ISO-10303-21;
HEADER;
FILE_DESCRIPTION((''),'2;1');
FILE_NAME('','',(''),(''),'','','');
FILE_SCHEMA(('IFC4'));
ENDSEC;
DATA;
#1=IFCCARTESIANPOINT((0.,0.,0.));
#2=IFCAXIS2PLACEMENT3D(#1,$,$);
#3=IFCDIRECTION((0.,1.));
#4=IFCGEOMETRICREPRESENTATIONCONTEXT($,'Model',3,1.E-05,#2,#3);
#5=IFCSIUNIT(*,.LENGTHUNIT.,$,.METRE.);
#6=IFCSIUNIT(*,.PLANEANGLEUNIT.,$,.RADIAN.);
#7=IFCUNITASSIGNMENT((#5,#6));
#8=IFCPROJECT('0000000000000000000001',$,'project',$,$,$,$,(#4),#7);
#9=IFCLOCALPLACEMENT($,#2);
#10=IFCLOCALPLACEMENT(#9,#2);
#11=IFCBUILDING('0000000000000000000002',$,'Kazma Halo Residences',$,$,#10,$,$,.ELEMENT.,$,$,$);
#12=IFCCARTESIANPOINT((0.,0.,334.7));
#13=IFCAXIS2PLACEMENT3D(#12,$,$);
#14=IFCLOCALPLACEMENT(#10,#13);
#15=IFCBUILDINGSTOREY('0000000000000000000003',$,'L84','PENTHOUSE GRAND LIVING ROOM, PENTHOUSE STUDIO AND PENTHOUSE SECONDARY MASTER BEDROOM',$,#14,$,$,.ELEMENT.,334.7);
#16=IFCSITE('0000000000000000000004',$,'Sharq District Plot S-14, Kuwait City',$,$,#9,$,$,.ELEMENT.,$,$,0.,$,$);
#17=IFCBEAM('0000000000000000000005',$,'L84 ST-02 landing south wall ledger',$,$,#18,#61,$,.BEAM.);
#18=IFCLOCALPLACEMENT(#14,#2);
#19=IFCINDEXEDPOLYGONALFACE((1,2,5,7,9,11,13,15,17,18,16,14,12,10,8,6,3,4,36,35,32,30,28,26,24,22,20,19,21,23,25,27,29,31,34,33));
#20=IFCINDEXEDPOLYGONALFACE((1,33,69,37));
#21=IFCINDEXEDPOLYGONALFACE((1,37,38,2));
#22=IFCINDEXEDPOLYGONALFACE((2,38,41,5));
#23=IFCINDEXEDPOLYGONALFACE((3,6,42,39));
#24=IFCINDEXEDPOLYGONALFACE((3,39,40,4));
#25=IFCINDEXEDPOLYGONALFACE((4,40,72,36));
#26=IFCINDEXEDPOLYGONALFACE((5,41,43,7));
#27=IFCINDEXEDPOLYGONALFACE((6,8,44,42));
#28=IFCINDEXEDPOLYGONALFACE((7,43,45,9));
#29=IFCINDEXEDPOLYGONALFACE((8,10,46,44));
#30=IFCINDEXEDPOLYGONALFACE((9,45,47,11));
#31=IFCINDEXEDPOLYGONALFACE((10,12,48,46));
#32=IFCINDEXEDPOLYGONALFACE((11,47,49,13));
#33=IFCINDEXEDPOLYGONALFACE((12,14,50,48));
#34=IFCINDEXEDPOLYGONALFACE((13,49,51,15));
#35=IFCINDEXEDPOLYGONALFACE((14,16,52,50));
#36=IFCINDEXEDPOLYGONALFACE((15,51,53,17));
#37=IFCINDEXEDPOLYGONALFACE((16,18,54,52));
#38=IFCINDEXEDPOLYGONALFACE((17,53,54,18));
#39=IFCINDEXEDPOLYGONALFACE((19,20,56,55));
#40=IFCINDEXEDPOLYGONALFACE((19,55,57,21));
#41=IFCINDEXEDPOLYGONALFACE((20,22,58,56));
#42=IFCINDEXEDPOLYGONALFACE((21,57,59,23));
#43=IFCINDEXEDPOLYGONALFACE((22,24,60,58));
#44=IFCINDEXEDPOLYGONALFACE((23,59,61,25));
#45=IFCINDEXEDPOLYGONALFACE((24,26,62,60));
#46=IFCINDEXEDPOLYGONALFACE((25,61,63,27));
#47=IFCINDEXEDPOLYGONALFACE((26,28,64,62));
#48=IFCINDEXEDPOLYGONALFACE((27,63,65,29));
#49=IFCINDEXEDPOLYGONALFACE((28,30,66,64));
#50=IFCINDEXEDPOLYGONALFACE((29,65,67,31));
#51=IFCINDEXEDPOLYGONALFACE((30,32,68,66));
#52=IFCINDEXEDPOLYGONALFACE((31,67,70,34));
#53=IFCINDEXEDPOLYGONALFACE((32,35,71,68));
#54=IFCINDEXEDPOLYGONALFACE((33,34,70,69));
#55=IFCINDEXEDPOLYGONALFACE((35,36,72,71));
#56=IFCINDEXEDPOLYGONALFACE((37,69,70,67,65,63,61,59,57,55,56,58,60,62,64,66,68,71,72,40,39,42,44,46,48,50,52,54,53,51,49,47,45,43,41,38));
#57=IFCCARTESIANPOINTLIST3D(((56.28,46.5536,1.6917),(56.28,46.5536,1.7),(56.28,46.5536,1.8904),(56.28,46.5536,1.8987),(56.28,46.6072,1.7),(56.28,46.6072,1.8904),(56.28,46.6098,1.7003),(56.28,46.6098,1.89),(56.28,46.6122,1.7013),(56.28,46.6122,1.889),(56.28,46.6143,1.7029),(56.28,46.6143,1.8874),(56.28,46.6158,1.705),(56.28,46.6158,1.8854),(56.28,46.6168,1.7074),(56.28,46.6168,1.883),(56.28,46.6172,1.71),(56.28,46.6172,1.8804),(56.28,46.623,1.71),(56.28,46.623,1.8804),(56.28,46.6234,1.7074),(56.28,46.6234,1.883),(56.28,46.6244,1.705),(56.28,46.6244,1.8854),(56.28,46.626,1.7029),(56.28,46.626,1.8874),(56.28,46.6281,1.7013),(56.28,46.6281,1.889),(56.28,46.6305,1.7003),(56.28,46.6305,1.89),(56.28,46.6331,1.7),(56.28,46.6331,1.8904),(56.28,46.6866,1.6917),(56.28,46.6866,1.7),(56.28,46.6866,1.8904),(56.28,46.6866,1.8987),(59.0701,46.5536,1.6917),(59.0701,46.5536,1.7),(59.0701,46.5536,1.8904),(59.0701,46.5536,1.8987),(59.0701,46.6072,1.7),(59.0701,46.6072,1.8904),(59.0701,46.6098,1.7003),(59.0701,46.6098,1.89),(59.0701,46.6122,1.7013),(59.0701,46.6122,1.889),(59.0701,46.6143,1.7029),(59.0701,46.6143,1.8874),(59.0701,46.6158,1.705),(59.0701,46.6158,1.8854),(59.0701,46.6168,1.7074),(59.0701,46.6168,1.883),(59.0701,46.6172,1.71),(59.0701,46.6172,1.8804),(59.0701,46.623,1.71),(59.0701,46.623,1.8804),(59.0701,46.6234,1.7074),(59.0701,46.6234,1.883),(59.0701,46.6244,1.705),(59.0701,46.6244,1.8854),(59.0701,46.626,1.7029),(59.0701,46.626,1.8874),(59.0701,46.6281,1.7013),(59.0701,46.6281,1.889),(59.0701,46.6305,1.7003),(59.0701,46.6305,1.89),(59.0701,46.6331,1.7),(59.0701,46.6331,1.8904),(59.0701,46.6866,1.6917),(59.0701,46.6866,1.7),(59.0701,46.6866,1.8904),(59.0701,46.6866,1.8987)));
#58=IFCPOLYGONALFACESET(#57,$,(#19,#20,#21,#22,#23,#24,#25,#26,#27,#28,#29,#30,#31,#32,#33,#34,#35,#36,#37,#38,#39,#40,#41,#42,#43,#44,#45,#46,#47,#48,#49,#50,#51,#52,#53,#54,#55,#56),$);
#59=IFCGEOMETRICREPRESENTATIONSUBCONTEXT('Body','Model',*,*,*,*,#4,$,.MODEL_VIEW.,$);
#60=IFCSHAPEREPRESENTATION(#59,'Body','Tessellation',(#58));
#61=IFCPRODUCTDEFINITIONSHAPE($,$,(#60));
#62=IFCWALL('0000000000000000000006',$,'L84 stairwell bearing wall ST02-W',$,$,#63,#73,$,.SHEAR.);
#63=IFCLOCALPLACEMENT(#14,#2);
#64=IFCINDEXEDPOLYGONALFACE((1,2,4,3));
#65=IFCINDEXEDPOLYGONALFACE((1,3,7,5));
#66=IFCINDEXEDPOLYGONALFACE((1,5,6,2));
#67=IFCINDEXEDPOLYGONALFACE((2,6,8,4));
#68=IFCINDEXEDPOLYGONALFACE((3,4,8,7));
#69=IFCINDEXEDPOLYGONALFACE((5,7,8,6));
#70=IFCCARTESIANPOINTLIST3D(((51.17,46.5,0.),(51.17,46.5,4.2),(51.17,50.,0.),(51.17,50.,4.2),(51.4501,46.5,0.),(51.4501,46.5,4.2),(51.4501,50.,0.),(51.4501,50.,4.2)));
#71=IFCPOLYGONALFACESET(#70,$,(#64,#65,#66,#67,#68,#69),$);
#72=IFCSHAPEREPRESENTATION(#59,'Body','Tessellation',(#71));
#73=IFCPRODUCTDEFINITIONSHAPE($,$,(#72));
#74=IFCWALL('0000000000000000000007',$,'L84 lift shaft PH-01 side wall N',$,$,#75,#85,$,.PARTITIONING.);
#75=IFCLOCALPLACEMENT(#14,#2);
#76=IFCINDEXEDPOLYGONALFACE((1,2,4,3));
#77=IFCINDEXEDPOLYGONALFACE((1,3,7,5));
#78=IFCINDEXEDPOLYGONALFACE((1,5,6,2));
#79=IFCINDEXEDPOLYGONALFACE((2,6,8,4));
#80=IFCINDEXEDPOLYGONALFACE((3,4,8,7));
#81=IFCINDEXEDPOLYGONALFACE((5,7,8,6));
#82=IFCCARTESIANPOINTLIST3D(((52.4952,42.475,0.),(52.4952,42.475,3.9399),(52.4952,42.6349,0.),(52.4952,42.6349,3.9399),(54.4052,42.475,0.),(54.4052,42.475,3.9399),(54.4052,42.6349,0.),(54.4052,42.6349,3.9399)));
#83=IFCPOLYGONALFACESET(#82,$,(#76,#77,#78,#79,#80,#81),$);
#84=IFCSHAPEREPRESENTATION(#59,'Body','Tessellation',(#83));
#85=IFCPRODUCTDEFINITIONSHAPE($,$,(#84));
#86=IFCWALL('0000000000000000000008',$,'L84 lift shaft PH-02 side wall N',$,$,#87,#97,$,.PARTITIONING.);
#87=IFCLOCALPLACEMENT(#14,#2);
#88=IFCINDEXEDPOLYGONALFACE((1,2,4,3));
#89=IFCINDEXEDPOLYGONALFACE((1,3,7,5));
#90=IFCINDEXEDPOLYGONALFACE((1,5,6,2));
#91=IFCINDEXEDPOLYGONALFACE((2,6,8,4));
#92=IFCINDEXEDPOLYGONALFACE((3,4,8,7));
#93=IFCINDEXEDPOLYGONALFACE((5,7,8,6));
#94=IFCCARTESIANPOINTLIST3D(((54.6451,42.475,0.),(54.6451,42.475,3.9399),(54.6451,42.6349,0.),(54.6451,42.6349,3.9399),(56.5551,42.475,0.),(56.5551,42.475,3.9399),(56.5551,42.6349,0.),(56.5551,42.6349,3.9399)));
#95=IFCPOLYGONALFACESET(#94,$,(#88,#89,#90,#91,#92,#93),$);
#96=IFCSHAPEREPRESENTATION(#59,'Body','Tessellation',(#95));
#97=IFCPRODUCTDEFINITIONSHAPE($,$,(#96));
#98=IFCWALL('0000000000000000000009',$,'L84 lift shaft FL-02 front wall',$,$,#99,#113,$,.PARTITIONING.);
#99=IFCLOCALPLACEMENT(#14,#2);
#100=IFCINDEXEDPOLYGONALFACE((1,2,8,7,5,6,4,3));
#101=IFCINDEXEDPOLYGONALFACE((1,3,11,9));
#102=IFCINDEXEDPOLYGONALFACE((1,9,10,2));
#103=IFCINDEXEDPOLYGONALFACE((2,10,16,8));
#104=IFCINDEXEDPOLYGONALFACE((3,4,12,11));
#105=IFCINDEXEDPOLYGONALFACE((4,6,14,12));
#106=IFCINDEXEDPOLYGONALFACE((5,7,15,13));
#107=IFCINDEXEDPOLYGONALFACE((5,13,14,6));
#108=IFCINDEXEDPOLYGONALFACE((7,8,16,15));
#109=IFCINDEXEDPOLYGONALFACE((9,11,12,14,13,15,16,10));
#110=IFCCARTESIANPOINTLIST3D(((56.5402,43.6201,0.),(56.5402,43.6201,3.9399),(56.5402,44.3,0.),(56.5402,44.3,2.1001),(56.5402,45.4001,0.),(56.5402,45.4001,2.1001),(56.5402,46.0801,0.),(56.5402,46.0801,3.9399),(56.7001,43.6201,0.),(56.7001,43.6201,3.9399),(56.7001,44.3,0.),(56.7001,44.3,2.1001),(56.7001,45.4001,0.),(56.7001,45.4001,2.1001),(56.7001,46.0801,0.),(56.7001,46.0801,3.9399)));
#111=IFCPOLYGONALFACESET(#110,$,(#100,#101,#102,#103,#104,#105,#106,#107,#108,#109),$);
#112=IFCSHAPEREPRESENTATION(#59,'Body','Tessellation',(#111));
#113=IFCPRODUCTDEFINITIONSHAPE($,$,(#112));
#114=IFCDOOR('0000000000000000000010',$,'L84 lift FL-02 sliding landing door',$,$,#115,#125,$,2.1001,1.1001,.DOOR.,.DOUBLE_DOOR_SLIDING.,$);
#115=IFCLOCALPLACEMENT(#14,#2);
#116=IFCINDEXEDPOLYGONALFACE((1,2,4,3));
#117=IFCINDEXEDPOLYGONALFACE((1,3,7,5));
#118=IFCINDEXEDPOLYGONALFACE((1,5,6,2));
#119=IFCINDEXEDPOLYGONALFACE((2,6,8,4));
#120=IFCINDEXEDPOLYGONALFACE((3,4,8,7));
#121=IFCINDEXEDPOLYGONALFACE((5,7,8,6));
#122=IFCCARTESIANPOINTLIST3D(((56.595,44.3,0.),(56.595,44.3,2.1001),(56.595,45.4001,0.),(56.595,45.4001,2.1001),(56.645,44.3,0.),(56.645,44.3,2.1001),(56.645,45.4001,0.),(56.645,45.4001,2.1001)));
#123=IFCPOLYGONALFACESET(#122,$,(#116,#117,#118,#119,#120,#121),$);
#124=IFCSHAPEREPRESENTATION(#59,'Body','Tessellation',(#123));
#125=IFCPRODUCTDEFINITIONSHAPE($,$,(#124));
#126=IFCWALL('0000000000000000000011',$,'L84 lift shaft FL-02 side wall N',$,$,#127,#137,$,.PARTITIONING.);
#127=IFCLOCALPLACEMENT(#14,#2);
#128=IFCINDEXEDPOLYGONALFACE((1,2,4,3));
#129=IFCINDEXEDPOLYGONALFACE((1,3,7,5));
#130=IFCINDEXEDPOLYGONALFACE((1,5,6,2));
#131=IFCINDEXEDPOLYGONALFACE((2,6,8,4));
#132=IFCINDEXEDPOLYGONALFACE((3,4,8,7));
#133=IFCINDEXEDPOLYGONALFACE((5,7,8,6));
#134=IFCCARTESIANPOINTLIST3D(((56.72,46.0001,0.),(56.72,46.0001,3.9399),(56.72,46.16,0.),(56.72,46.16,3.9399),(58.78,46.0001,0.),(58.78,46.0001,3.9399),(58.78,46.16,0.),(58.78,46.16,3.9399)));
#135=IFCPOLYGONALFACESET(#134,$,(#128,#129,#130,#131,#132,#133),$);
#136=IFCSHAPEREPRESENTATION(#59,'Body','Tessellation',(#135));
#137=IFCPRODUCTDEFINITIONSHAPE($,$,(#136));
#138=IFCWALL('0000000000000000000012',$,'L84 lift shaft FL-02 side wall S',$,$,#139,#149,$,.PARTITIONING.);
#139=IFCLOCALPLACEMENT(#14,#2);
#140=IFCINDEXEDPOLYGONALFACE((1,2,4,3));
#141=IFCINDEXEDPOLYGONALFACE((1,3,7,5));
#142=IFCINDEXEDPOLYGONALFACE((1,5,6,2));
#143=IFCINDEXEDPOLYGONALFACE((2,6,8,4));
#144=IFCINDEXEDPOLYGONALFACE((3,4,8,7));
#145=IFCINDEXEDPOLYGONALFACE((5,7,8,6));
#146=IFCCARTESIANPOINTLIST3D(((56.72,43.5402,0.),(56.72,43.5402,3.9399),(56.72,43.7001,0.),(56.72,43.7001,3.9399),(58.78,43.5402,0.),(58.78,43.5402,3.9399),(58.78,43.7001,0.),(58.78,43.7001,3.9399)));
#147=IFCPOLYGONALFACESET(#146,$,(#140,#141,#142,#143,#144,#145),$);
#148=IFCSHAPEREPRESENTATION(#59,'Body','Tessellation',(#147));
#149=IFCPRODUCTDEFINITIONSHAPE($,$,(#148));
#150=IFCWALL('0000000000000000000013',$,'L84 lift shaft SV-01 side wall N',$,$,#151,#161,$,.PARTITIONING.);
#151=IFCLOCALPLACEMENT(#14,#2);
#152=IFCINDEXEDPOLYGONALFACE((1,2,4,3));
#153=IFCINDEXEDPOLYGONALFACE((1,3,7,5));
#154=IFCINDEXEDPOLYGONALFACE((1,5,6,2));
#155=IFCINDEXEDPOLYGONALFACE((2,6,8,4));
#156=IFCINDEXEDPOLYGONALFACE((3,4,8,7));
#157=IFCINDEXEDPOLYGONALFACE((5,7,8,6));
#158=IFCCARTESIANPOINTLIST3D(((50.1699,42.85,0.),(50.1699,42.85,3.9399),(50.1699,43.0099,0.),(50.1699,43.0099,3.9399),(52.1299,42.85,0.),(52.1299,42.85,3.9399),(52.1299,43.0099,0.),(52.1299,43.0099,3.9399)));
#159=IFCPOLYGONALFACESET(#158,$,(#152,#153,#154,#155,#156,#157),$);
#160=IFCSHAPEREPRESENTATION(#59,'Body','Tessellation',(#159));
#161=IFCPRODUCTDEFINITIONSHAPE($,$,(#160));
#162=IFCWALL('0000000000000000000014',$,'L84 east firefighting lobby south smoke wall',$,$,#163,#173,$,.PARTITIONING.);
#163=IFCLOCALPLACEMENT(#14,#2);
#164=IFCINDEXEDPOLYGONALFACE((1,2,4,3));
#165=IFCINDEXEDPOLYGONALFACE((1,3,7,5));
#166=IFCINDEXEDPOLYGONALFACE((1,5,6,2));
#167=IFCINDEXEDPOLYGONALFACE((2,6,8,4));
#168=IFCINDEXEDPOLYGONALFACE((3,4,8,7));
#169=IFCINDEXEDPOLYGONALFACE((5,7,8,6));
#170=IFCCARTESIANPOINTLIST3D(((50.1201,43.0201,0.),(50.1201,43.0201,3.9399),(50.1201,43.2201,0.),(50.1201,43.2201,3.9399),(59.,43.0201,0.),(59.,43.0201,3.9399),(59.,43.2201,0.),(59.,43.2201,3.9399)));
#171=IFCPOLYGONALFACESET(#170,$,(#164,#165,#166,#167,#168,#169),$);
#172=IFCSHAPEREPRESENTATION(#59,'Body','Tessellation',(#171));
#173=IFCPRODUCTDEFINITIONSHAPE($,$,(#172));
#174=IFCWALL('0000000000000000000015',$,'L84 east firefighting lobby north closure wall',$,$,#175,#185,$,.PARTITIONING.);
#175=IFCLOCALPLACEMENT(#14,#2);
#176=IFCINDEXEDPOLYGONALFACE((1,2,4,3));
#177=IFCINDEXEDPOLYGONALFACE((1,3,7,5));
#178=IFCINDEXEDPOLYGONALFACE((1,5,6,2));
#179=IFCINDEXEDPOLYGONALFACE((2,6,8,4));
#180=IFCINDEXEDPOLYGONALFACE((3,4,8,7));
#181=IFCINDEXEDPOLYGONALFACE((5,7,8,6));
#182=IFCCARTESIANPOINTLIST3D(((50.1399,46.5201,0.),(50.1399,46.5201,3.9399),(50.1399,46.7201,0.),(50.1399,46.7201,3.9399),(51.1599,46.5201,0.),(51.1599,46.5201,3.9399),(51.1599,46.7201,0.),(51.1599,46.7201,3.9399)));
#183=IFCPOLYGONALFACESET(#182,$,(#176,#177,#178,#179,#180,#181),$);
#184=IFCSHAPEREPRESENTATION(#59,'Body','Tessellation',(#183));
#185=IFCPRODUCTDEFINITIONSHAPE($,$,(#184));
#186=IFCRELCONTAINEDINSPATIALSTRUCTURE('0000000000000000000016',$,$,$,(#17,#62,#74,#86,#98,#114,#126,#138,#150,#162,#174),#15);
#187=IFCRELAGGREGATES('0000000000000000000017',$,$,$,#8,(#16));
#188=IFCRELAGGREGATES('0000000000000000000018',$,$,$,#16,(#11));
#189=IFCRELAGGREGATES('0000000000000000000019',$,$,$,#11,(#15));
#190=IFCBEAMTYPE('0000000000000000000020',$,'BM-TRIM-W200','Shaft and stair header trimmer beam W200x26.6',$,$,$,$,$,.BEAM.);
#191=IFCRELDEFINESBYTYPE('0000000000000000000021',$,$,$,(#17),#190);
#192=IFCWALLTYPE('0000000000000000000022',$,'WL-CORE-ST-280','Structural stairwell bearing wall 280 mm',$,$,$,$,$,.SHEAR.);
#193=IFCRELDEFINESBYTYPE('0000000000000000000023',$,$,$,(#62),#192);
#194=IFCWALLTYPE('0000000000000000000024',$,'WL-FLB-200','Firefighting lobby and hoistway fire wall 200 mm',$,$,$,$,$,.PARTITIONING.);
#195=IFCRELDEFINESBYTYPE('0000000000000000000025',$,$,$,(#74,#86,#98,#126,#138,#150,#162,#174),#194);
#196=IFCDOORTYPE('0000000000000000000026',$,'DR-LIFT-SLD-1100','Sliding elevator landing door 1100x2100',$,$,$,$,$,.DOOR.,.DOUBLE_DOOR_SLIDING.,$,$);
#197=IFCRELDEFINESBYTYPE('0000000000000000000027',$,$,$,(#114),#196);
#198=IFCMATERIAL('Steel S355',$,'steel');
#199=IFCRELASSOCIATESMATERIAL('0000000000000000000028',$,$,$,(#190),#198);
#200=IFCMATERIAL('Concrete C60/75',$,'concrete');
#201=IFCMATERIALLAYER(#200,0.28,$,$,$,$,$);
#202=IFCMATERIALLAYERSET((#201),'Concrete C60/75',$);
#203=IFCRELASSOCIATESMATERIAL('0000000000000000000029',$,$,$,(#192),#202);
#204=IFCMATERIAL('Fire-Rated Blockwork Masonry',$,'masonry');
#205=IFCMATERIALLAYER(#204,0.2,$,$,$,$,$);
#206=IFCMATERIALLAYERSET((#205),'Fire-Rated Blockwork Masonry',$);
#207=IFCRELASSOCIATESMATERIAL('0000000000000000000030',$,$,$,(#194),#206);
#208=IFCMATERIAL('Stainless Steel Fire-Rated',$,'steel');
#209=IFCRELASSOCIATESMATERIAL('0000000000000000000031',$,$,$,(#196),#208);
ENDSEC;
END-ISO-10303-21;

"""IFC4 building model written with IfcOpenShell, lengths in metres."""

from ifc_helpers import new_model, si_unit, direction, frame, frame_2d, origin, origin_2d, place, context, subcontext, project, spatial, rectangle, i_section, extrude, material, layer, layer_set, material_profile, profile_set, type_object, element, fill, save


model = new_model("IFC4")

# Units and contexts
model_context = context("Model", 3, precision=1e-05, world=origin(), true_north=direction((0.0, 1.0)))
body_context = subcontext(model_context, "Body", "Model", "MODEL_VIEW")
ifc_project = project(units=[si_unit("LENGTHUNIT", "METRE"), si_unit("PLANEANGLEUNIT", "RADIAN")], contexts=[model_context])

# Site, building, storey
site_placement = place(None, origin())
site = spatial("IfcSite", under=ifc_project, at=site_placement, Name="Sharq District Plot S-14, Kuwait City", CompositionType="ELEMENT", RefElevation=0.0)
building_placement = place(site_placement, origin())
building = spatial("IfcBuilding", under=site, at=building_placement, Name="Kazma Halo Residences", CompositionType="ELEMENT")
storey_placement = place(building_placement, frame((0.0, 0.0, 334.7)))
storey = spatial("IfcBuildingStorey", under=building, at=storey_placement, Name="L84", Description="PENTHOUSE GRAND LIVING ROOM, PENTHOUSE STUDIO AND PENTHOUSE SECONDARY MASTER BEDROOM", CompositionType="ELEMENT", Elevation=334.7)

# Shared definitions
ifc_material_1 = material(Name="Steel S355", Category="steel")

# Beam
ifc_material_profile_1 = material_profile(ifc_material_1, i_section(OverallWidth=0.1331, OverallDepth=0.207, WebThickness=0.0059, FlangeThickness=0.0083, FilletRadius=0.01, at=origin_2d()), Name="W200x26.6")
ifc_profile_set_1 = profile_set([ifc_material_profile_1], Name="Steel S355")
beam_type = type_object("IfcBeamType", Name="BM-TRIM-W200", Description="Shaft and stair header trimmer beam W200x26.6", PredefinedType="BEAM", material=ifc_profile_set_1)
beam_1_placement = place(storey_placement, frame((56.28, 46.6201, 1.7952), z_axis=(1.0, 0.0, 0.0), x_axis=(0.0, 1.0, 0.0)))
element("IfcBeam", 1, at=beam_1_placement, inside=storey, type_object=beam_type, Name="L84 ST-02 landing south wall ledger", PredefinedType="BEAM", context=body_context, shape_type="SweptSolid", body=[
    extrude(i_section(OverallWidth=0.1331, OverallDepth=0.207, WebThickness=0.0059, FlangeThickness=0.0083, FilletRadius=0.01, at=origin_2d()), origin(), (0.0, 0.0, 1.0), 2.79),
])

# Walls
ifc_material_2 = material(Name="Concrete C60/75", Category="concrete")
ifc_layer_1 = layer(ifc_material_2, 0.28)
ifc_layer_set_1 = layer_set([ifc_layer_1], Name="Concrete C60/75")
wall_type_1 = type_object("IfcWallType", Name="WL-CORE-ST-280", Description="Structural stairwell bearing wall 280 mm", PredefinedType="SHEAR", material=ifc_layer_set_1)
wall_1_placement = place(storey_placement, frame((51.3101, 46.5, 0.0), z_axis=(0.0, 0.0, 1.0), x_axis=(0.0, 1.0, 0.0)))
element("IfcWall", 2, at=wall_1_placement, inside=storey, type_object=wall_type_1, Name="L84 stairwell bearing wall ST02-W", PredefinedType="SHEAR", context=body_context, shape_type="SweptSolid", body=[
    extrude(rectangle(XDim=3.5, YDim=0.28, at=frame_2d((1.75, 0.0))), origin(), (0.0, 0.0, 1.0), 4.2),
])
ifc_material_3 = material(Name="Fire-Rated Blockwork Masonry", Category="masonry")
ifc_layer_2 = layer(ifc_material_3, 0.2)
ifc_layer_set_2 = layer_set([ifc_layer_2], Name="Fire-Rated Blockwork Masonry")
wall_type_2 = type_object("IfcWallType", Name="WL-FLB-200", Description="Firefighting lobby and hoistway fire wall 200 mm", PredefinedType="PARTITIONING", material=ifc_layer_set_2)
for number, where, z_axis, x_axis, name in (
    (3, (52.4951, 42.5549, 0.0), (0.0, 0.0, 1.0), (1.0, 0.0, 0.0), "L84 lift shaft PH-01 side wall N"),
    (4, (54.645, 42.5549, 0.0), (0.0, 0.0, 1.0), (1.0, 0.0, 0.0), "L84 lift shaft PH-02 side wall N"),
):
    element("IfcWall", number, at=place(storey_placement, frame(where, z_axis=z_axis, x_axis=x_axis)), inside=storey, type_object=wall_type_2, Name=name, PredefinedType="PARTITIONING", context=body_context, shape_type="SweptSolid", body=[
        extrude(rectangle(XDim=1.9099, YDim=0.1599, at=frame_2d((0.9551, 0.0))), origin(), (0.0, 0.0, 1.0), 3.9399),
    ])

# Wall, opening, door
wall_2_placement = place(storey_placement, frame((56.6201, 46.0801, 0.0), z_axis=(0.0, 0.0, 1.0), x_axis=(0.0, -1.0, 0.0)))
wall_2 = element("IfcWall", 5, at=wall_2_placement, inside=storey, type_object=wall_type_2, Name="L84 lift shaft FL-02 front wall", PredefinedType="PARTITIONING", context=body_context, shape_type="SweptSolid", body=[
    extrude(rectangle(XDim=2.46, YDim=0.1599, at=frame_2d((1.23, 0.0))), origin(), (0.0, 0.0, 1.0), 3.9399),
])
opening_1_placement = place(wall_2_placement, frame((0.6799, 0.0, 0.0)))
opening_1 = element("IfcOpeningElement", 6, at=opening_1_placement, cuts=wall_2, PredefinedType="OPENING", context=body_context, shape_type="SweptSolid", body=[
    extrude(rectangle(XDim=1.1001, YDim=2.1001, at=frame_2d((0.55, 1.05))), frame((0.0, 0.0898, 0.0), z_axis=(0.0, -1.0, 0.0), x_axis=(1.0, 0.0, 0.0)), (0.0, 0.0, 1.0), 0.1799),
])
ifc_material_4 = material(Name="Stainless Steel Fire-Rated", Category="steel")
door_type_1 = type_object("IfcDoorType", Name="DR-LIFT-SLD-1100", Description="Sliding elevator landing door 1100x2100", OperationType="DOUBLE_DOOR_SLIDING", PredefinedType="DOOR", material=ifc_material_4)
door_1_placement = place(opening_1_placement, origin())
door_1 = element("IfcDoor", 7, at=door_1_placement, inside=storey, type_object=door_type_1, Name="L84 lift FL-02 sliding landing door", OperationType="DOUBLE_DOOR_SLIDING", OverallHeight=2.1001, OverallWidth=1.1001, PredefinedType="DOOR", context=body_context, shape_type="SweptSolid", body=[
    extrude(rectangle(XDim=1.1001, YDim=2.1001, at=frame_2d((0.55, 1.05))), frame((0.0, 0.0249, 0.0), z_axis=(0.0, -1.0, 0.0), x_axis=(1.0, 0.0, 0.0)), (0.0, 0.0, 1.0), 0.05),
])
fill(opening_1, door_1)

# Walls
for number, where, z_axis, x_axis, name in (
    (8, (56.72, 46.0801, 0.0), (0.0, 0.0, 1.0), (1.0, 0.0, 0.0), "L84 lift shaft FL-02 side wall N"),
    (9, (56.72, 43.6201, 0.0), (0.0, 0.0, 1.0), (1.0, 0.0, 0.0), "L84 lift shaft FL-02 side wall S"),
):
    element("IfcWall", number, at=place(storey_placement, frame(where, z_axis=z_axis, x_axis=x_axis)), inside=storey, type_object=wall_type_2, Name=name, PredefinedType="PARTITIONING", context=body_context, shape_type="SweptSolid", body=[
        extrude(rectangle(XDim=2.0601, YDim=0.1599, at=frame_2d((1.03, 0.0))), origin(), (0.0, 0.0, 1.0), 3.9399),
    ])
wall_3_placement = place(storey_placement, frame((50.1699, 42.9299, 0.0), z_axis=(0.0, 0.0, 1.0), x_axis=(1.0, 0.0, 0.0)))
element("IfcWall", 10, at=wall_3_placement, inside=storey, type_object=wall_type_2, Name="L84 lift shaft SV-01 side wall N", PredefinedType="PARTITIONING", context=body_context, shape_type="SweptSolid", body=[
    extrude(rectangle(XDim=1.96, YDim=0.1599, at=frame_2d((0.98, 0.0))), origin(), (0.0, 0.0, 1.0), 3.9399),
])
wall_4_placement = place(storey_placement, frame((50.1201, 43.1201, 0.0), z_axis=(0.0, 0.0, 1.0), x_axis=(1.0, 0.0, 0.0)))
element("IfcWall", 11, at=wall_4_placement, inside=storey, type_object=wall_type_2, Name="L84 east firefighting lobby south smoke wall", PredefinedType="PARTITIONING", context=body_context, shape_type="SweptSolid", body=[
    extrude(rectangle(XDim=8.8799, YDim=0.2, at=frame_2d((4.4399, 0.0))), origin(), (0.0, 0.0, 1.0), 3.9399),
])
wall_5_placement = place(storey_placement, frame((50.1399, 46.6201, 0.0), z_axis=(0.0, 0.0, 1.0), x_axis=(1.0, 0.0, 0.0)))
element("IfcWall", 12, at=wall_5_placement, inside=storey, type_object=wall_type_2, Name="L84 east firefighting lobby north closure wall", PredefinedType="PARTITIONING", context=body_context, shape_type="SweptSolid", body=[
    extrude(rectangle(XDim=1.02, YDim=0.2, at=frame_2d((0.51, 0.0))), origin(), (0.0, 0.0, 1.0), 3.9399),
])

save(model, "model.ifc")
